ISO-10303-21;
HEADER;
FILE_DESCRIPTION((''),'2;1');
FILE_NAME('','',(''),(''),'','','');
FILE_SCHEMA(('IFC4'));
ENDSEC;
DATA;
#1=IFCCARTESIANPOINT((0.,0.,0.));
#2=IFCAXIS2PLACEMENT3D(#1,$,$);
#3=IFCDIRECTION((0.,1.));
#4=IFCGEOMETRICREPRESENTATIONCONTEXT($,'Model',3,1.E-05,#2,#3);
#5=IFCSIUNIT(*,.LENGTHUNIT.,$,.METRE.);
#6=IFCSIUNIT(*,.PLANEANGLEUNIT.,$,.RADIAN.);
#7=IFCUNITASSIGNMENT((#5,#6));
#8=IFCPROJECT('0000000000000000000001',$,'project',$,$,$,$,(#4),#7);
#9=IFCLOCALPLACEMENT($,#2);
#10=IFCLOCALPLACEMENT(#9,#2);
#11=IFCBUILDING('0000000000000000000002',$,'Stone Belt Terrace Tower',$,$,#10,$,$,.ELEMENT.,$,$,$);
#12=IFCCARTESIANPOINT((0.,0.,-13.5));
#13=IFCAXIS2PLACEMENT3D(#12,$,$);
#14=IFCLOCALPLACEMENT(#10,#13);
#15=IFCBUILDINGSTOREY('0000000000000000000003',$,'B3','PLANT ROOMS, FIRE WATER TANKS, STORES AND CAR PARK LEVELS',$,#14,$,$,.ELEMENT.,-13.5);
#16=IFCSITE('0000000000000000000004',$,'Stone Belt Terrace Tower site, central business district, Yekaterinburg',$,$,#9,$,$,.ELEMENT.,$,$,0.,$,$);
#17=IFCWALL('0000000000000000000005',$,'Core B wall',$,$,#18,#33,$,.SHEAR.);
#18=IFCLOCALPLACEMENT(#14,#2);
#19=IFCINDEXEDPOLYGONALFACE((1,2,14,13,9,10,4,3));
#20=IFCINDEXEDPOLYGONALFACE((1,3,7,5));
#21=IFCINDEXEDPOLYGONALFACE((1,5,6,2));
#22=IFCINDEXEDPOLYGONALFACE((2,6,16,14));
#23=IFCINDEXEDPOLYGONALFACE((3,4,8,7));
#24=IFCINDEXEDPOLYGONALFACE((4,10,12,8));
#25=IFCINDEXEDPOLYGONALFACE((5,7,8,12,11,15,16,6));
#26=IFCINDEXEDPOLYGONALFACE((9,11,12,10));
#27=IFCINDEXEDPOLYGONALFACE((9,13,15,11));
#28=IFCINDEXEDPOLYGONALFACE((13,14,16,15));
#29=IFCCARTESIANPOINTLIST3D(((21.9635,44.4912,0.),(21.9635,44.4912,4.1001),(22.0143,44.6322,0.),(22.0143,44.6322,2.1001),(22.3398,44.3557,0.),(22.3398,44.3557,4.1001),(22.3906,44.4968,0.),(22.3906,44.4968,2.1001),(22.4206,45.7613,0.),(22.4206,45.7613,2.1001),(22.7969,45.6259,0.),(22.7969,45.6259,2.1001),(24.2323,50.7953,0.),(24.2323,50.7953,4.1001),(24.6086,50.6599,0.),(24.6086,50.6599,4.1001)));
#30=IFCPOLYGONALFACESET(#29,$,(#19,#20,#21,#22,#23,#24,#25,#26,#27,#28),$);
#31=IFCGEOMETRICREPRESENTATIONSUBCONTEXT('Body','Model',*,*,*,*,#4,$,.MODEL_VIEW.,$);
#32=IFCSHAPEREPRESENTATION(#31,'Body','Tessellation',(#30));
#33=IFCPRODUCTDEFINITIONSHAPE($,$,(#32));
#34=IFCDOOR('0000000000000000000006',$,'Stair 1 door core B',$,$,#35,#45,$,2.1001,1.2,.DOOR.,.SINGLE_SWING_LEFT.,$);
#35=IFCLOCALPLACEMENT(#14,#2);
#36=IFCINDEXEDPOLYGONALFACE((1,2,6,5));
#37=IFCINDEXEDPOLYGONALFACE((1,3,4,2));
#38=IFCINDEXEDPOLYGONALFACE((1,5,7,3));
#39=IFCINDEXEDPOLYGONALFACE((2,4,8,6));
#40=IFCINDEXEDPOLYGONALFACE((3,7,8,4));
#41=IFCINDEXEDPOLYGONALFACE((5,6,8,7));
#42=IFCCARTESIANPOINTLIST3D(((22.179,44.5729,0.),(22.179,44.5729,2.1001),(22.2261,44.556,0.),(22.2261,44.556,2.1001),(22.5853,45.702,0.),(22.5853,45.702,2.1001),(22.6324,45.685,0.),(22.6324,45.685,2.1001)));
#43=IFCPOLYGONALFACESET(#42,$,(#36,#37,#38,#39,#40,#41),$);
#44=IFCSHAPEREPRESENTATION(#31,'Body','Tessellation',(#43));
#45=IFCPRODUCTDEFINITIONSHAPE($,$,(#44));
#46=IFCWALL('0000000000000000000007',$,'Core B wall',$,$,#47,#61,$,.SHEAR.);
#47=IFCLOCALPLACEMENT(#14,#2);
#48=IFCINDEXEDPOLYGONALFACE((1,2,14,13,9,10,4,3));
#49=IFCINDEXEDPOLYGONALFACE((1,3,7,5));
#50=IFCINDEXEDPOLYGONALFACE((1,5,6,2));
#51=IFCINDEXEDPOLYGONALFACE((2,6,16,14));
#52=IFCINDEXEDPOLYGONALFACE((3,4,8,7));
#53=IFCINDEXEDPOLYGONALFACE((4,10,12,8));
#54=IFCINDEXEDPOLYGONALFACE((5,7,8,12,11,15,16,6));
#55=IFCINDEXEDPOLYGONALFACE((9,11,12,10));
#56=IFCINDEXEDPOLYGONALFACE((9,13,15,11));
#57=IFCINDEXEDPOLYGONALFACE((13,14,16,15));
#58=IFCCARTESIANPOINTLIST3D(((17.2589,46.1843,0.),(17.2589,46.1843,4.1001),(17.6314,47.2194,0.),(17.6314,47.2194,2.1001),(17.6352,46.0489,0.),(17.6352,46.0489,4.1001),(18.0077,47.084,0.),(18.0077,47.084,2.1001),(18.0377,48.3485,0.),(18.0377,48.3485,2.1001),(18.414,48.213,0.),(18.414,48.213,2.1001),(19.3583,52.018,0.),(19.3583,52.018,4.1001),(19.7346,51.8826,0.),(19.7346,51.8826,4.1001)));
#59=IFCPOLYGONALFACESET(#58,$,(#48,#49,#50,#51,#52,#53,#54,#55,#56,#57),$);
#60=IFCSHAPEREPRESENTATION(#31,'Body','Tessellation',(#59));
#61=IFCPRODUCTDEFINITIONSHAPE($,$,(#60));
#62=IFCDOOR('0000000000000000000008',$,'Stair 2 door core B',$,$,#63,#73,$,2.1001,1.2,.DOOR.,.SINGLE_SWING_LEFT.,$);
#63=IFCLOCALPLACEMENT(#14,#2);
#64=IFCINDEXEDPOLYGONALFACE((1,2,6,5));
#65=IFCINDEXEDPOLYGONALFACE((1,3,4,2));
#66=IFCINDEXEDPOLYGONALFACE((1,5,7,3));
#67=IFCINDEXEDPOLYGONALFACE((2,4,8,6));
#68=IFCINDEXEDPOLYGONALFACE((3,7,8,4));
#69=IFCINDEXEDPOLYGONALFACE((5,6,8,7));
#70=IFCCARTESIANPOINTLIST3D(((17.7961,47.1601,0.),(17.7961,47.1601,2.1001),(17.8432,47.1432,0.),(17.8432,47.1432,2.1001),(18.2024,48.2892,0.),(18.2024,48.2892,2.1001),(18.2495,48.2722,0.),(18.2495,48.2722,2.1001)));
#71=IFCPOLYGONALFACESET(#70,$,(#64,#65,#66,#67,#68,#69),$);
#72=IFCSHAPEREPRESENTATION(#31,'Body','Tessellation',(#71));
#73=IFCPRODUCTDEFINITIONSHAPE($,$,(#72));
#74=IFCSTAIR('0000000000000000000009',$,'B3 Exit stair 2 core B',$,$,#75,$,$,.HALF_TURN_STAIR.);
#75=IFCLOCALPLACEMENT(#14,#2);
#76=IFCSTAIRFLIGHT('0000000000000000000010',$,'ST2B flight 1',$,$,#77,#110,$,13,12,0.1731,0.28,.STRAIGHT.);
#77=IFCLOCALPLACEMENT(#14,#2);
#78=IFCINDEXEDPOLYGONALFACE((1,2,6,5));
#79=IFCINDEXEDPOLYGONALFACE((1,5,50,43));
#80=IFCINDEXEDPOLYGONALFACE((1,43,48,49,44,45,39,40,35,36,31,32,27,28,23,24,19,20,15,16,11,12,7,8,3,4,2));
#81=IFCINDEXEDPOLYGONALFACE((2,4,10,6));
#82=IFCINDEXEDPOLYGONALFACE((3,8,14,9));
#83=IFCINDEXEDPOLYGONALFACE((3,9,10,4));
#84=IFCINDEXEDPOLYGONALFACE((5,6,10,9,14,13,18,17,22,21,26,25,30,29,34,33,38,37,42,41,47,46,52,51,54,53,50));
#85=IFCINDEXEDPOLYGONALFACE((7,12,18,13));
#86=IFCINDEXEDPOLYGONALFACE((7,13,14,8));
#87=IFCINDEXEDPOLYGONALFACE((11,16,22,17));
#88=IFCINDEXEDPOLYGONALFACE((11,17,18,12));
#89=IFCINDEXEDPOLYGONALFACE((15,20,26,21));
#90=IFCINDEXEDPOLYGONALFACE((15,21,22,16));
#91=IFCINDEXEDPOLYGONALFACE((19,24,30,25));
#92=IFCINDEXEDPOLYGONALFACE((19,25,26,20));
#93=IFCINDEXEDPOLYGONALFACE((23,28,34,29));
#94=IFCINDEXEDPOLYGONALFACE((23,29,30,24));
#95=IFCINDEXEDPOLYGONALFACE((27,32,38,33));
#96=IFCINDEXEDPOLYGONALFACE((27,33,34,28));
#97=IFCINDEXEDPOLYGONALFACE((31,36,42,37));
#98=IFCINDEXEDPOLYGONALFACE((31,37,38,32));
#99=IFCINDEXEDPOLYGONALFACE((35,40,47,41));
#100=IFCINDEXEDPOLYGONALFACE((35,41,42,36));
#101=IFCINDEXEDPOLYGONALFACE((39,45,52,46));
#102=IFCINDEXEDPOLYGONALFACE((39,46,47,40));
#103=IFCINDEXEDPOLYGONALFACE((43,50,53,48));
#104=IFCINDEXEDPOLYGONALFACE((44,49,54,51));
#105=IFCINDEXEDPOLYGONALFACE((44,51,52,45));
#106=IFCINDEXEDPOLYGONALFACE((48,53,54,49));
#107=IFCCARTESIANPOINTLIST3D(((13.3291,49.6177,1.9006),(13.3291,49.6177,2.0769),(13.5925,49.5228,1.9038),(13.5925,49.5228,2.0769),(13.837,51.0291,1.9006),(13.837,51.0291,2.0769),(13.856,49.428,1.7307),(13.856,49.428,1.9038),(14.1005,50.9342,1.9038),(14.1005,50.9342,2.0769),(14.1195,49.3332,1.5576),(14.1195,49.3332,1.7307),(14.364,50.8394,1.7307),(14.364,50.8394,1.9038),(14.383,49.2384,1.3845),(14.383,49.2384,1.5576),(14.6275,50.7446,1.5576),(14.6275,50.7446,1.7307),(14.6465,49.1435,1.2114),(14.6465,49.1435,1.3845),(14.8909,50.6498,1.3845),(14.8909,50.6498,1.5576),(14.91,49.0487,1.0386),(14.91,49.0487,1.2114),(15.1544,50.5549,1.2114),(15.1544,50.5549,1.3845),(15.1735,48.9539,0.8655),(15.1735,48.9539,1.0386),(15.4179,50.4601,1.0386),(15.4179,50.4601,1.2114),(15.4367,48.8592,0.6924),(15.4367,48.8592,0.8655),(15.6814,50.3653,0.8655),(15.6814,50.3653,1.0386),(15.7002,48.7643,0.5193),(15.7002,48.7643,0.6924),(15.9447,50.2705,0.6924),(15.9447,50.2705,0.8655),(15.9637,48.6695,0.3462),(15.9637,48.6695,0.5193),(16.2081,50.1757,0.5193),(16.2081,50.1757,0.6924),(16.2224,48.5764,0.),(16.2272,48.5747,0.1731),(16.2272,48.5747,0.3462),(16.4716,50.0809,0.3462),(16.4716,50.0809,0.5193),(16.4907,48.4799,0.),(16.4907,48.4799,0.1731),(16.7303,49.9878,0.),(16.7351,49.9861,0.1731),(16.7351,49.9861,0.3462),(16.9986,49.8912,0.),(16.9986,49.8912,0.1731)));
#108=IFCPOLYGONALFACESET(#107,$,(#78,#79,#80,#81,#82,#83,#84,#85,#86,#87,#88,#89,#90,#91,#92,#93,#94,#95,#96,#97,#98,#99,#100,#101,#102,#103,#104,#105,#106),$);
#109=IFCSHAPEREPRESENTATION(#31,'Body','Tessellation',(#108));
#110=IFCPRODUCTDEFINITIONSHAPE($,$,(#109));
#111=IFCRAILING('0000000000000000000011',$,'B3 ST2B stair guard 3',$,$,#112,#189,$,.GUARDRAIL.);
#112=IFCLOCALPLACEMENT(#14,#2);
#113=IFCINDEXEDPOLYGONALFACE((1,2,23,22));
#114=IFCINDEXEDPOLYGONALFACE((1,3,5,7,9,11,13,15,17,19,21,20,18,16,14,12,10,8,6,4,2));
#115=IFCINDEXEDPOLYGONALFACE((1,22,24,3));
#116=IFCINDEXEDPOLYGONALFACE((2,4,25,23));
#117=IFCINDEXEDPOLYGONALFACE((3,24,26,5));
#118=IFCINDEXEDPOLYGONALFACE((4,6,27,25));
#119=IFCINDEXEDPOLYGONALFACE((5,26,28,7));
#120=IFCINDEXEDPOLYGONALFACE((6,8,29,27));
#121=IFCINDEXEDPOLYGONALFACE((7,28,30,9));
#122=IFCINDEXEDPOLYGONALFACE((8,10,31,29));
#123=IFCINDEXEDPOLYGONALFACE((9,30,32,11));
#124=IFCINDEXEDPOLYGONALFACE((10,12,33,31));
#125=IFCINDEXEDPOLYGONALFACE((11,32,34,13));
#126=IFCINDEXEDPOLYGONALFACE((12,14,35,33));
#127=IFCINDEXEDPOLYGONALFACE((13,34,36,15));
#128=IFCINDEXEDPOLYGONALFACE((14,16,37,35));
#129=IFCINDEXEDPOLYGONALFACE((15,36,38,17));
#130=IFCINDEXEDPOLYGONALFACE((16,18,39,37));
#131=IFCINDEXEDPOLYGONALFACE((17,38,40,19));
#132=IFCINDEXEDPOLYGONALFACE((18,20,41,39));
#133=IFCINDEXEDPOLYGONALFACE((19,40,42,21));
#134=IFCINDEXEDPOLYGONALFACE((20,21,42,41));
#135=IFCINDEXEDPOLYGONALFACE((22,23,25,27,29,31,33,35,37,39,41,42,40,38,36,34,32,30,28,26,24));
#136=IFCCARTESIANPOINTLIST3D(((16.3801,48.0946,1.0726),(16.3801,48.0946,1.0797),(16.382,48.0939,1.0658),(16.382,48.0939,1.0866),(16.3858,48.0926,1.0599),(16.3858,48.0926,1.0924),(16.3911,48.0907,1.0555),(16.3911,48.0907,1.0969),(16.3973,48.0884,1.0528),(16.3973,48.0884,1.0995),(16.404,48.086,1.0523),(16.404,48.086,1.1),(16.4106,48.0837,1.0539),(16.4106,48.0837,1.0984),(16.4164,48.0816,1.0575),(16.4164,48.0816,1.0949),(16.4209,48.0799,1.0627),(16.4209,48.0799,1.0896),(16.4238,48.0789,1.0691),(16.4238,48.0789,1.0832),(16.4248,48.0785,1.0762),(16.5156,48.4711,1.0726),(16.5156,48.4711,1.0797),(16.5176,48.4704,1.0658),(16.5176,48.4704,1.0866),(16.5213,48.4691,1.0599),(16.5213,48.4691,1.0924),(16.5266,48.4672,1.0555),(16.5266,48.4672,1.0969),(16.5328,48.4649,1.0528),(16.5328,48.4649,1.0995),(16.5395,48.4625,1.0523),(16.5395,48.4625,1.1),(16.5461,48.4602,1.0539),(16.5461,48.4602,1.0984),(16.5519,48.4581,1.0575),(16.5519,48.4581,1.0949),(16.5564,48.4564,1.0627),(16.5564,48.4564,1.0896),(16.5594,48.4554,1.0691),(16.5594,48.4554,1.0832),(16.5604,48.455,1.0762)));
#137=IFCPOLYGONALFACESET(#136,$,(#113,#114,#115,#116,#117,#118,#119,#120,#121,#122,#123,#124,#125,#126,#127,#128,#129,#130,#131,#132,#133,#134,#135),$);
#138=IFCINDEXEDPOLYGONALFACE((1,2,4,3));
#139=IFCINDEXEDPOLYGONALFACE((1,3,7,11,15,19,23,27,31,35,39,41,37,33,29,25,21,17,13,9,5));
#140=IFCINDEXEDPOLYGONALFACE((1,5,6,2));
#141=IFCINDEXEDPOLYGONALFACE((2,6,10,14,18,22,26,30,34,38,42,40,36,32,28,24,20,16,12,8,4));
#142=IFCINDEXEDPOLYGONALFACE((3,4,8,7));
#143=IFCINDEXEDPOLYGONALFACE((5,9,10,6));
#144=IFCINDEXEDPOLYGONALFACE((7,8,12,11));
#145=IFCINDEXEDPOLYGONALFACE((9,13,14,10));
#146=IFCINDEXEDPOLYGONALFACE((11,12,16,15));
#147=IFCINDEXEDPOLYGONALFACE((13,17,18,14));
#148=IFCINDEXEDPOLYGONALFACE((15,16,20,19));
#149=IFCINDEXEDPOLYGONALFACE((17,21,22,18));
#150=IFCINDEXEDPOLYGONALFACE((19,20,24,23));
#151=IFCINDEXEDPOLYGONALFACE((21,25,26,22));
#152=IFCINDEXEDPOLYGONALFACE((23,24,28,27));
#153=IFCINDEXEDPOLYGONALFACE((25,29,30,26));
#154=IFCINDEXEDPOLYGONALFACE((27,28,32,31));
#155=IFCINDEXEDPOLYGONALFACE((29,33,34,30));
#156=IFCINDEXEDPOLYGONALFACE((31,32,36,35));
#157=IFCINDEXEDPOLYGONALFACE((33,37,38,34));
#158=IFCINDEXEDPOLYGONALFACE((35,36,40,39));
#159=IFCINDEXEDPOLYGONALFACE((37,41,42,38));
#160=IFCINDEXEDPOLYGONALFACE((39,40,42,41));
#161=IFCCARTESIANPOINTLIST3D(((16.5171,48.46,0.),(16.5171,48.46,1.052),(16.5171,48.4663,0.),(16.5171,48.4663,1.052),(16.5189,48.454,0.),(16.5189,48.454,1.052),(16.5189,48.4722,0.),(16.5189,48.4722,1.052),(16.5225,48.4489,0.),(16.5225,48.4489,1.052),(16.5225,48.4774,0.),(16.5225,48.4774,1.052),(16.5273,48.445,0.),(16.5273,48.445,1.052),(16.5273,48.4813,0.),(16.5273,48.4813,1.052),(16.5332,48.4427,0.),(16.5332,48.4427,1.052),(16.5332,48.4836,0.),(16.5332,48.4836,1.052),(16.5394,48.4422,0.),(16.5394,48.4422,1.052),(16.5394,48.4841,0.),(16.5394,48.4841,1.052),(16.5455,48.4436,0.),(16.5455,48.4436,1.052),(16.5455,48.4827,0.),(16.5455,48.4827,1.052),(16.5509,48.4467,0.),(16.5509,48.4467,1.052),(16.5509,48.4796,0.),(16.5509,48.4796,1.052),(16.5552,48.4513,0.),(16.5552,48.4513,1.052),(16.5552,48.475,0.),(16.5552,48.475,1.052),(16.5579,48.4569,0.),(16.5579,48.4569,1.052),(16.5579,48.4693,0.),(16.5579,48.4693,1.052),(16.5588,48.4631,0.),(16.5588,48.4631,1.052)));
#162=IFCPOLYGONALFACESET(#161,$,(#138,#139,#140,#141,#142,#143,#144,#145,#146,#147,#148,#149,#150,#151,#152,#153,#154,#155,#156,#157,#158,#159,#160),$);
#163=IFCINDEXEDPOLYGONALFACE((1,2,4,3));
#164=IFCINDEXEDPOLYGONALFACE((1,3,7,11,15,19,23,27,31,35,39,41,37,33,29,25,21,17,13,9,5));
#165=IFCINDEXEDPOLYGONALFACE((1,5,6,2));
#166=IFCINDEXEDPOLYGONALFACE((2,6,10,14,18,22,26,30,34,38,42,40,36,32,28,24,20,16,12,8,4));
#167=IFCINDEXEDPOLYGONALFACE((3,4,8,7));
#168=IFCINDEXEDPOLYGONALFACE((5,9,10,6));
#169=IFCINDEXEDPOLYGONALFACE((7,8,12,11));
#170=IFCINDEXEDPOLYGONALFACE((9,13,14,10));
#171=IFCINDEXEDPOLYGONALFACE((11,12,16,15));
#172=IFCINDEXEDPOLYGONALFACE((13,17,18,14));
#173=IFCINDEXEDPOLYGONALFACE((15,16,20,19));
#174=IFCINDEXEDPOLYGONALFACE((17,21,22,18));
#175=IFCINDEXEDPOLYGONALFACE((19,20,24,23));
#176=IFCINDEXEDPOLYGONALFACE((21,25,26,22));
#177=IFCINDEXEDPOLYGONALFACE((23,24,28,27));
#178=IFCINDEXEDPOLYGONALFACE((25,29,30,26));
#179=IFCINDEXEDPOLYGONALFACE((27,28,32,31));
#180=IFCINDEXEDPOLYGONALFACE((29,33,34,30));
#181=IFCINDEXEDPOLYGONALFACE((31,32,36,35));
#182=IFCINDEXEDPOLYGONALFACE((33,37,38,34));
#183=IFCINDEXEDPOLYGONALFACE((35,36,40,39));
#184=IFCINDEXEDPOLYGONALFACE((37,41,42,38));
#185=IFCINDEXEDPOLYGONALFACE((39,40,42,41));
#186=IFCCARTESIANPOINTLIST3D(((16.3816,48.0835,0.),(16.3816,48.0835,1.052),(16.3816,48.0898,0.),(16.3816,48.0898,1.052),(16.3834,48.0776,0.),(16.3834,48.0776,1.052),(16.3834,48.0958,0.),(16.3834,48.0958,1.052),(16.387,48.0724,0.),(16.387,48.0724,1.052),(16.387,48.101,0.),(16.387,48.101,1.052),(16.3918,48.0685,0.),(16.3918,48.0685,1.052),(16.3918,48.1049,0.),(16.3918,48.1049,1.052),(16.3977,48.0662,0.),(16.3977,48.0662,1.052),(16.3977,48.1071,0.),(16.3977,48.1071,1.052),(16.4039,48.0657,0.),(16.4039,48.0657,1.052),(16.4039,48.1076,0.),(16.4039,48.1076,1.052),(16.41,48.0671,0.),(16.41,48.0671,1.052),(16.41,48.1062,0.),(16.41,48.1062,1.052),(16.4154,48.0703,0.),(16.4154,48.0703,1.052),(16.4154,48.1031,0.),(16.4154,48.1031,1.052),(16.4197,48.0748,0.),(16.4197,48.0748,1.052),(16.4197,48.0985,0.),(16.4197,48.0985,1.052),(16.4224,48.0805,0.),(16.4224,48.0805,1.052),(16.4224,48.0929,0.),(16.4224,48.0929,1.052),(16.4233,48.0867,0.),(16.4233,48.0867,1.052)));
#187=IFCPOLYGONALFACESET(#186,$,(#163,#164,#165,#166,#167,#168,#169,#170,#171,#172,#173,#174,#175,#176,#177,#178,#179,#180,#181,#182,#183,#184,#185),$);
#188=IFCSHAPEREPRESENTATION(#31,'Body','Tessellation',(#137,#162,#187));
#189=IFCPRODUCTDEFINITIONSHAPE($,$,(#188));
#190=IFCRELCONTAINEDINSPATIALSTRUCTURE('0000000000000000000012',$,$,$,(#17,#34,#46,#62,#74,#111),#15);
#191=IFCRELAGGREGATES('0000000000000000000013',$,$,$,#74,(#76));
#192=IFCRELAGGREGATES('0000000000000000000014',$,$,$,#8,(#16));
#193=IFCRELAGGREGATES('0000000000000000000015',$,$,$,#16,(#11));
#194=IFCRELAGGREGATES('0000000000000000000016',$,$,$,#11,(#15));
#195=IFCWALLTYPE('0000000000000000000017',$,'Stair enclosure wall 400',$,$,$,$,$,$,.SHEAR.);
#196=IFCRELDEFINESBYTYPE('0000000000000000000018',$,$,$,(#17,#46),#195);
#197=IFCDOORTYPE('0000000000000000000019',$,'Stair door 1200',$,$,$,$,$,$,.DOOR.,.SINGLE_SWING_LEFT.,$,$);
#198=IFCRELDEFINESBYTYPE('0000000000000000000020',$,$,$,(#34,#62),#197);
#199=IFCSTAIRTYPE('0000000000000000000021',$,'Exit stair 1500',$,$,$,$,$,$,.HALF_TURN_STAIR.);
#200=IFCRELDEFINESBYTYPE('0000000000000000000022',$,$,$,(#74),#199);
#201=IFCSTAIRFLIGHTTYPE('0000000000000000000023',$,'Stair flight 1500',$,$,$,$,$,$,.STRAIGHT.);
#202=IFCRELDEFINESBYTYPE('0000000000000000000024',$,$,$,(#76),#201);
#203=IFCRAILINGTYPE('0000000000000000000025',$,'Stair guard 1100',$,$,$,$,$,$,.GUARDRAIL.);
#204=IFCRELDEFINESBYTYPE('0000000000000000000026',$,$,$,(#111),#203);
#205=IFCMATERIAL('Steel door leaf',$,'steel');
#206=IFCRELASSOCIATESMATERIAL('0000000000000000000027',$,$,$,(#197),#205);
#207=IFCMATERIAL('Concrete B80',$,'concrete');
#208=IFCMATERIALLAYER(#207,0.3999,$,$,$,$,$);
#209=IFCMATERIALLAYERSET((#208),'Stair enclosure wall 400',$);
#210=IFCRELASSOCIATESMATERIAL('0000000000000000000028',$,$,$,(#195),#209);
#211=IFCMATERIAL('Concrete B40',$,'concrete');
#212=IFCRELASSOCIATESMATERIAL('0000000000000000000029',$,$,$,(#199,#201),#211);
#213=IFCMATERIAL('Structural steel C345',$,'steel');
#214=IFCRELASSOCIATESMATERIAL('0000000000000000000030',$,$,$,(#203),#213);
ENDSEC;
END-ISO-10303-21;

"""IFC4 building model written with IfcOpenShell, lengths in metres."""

from ifc_helpers import new_model, si_unit, direction, frame, frame_2d, origin, origin_2d, place, context, subcontext, project, spatial, polyline, rectangle, circle, outline, extrude, material, layer, layer_set, type_object, element, fill, aggregate, save


model = new_model("IFC4")

# Units and contexts
model_context = context("Model", 3, precision=1e-05, world=origin(), true_north=direction((0.0, 1.0)))
body_context = subcontext(model_context, "Body", "Model", "MODEL_VIEW")
ifc_project = project(units=[si_unit("LENGTHUNIT", "METRE"), si_unit("PLANEANGLEUNIT", "RADIAN")], contexts=[model_context])

# Site, building, storey
site_placement = place(None, origin())
site = spatial("IfcSite", under=ifc_project, at=site_placement, Name="Stone Belt Terrace Tower site, central business district, Yekaterinburg", CompositionType="ELEMENT", RefElevation=0.0)
building_placement = place(site_placement, origin())
building = spatial("IfcBuilding", under=site, at=building_placement, Name="Stone Belt Terrace Tower", CompositionType="ELEMENT")
storey_placement = place(building_placement, frame((0.0, 0.0, -13.5)))
storey = spatial("IfcBuildingStorey", under=building, at=storey_placement, Name="B3", Description="PLANT ROOMS, FIRE WATER TANKS, STORES AND CAR PARK LEVELS", CompositionType="ELEMENT", Elevation=-13.5)

# Shared definitions
ifc_material_1 = material(Name="Concrete B40", Category="concrete")

# Shared definitions
ifc_material_2 = material(Name="Concrete B80", Category="concrete")

# Walls, openings, doors
ifc_material_3 = material(Name="Steel door leaf", Category="steel")
door_type_1 = type_object("IfcDoorType", Name="Stair door 1200", OperationType="SINGLE_SWING_LEFT", PredefinedType="DOOR", material=ifc_material_3)
ifc_layer_1 = layer(ifc_material_2, 0.3999)
ifc_layer_set_1 = layer_set([ifc_layer_1], Name="Stair enclosure wall 400")
wall_type_1 = type_object("IfcWallType", Name="Stair enclosure wall 400", PredefinedType="SHEAR", material=ifc_layer_set_1)
wall_1_placement = place(storey_placement, frame((22.1516, 44.4233, 0.0), z_axis=(0.0, 0.0, 1.0), x_axis=(0.338625, 0.940921, 0.0)))
wall_1 = element("IfcWall", 1, at=wall_1_placement, inside=storey, type_object=wall_type_1, Name="Core B wall", PredefinedType="SHEAR", context=body_context, shape_type="SweptSolid", body=[
    extrude(rectangle(XDim=6.7, YDim=0.3999, at=frame_2d((3.3501, 0.0))), origin(), (0.0, 0.0, 1.0), 4.1001),
])
opening_1_placement = place(wall_1_placement, frame((0.1499, 0.0, 0.0)))
opening_1 = element("IfcOpeningElement", 2, at=opening_1_placement, cuts=wall_1, PredefinedType="OPENING", context=body_context, shape_type="SweptSolid", body=[
    extrude(rectangle(XDim=1.2, YDim=2.1001, at=frame_2d((0.6001, 1.05))), frame((0.0, 0.21, 0.0), z_axis=(0.0, -1.0, 0.0), x_axis=(1.0, 0.0, 0.0)), (0.0, 0.0, 1.0), 0.4199),
])
door_1_placement = place(opening_1_placement, origin())
door_1 = element("IfcDoor", 3, at=door_1_placement, inside=storey, type_object=door_type_1, Name="Stair 1 door core B", OperationType="SINGLE_SWING_LEFT", OverallHeight=2.1001, OverallWidth=1.2, PredefinedType="DOOR", context=body_context, shape_type="SweptSolid", body=[
    extrude(rectangle(XDim=1.2, YDim=2.1001, at=frame_2d((0.6001, 1.05))), frame((0.0, 0.0249, 0.0), z_axis=(0.0, -1.0, 0.0), x_axis=(1.0, 0.0, 0.0)), (0.0, 0.0, 1.0), 0.05),
])
fill(opening_1, door_1)
wall_2_placement = place(storey_placement, frame((17.447, 46.1165, 0.0), z_axis=(0.0, 0.0, 1.0), x_axis=(0.338608, 0.940928, 0.0)))
wall_2 = element("IfcWall", 4, at=wall_2_placement, inside=storey, type_object=wall_type_1, Name="Core B wall", PredefinedType="SHEAR", context=body_context, shape_type="SweptSolid", body=[
    extrude(rectangle(XDim=6.2, YDim=0.3999, at=frame_2d((3.1001, 0.0))), origin(), (0.0, 0.0, 1.0), 4.1001),
])
opening_2_placement = place(wall_2_placement, frame((1.1001, 0.0, 0.0)))
opening_2 = element("IfcOpeningElement", 5, at=opening_2_placement, cuts=wall_2, PredefinedType="OPENING", context=body_context, shape_type="SweptSolid", body=[
    extrude(rectangle(XDim=1.2, YDim=2.1001, at=frame_2d((0.6001, 1.05))), frame((0.0, 0.21, 0.0), z_axis=(0.0, -1.0, 0.0), x_axis=(1.0, 0.0, 0.0)), (0.0, 0.0, 1.0), 0.4199),
])
door_2_placement = place(opening_2_placement, origin())
door_2 = element("IfcDoor", 6, at=door_2_placement, inside=storey, type_object=door_type_1, Name="Stair 2 door core B", OperationType="SINGLE_SWING_LEFT", OverallHeight=2.1001, OverallWidth=1.2, PredefinedType="DOOR", context=body_context, shape_type="SweptSolid", body=[
    extrude(rectangle(XDim=1.2, YDim=2.1001, at=frame_2d((0.6001, 1.05))), frame((0.0, 0.0249, 0.0), z_axis=(0.0, -1.0, 0.0), x_axis=(1.0, 0.0, 0.0)), (0.0, 0.0, 1.0), 0.05),
])
fill(opening_2, door_2)

# Stair, stair flight
stair_type = type_object("IfcStairType", Name="Exit stair 1500", PredefinedType="HALF_TURN_STAIR", material=ifc_material_1)
stair_placement = place(storey_placement, origin())
stair = element("IfcStair", 7, at=stair_placement, inside=storey, type_object=stair_type, Name="B3 Exit stair 2 core B", PredefinedType="HALF_TURN_STAIR")
stair_flight_type = type_object("IfcStairFlightType", Name="Stair flight 1500", PredefinedType="STRAIGHT", material=ifc_material_1)
stair_flight_placement = place(storey_placement, frame((16.7446, 49.1855, 0.0), z_axis=(0.0, 0.0, 1.0), x_axis=(-0.940922, 0.338624, 0.0)))
stair_flight = element("IfcStairFlight", 8, at=stair_flight_placement, type_object=stair_flight_type, Name="ST2B flight 1", NumberOfRisers=13, NumberOfTreads=12, PredefinedType="STRAIGHT", RiserHeight=0.1731, TreadLength=0.28, context=body_context, shape_type="SweptSolid", body=[
    extrude(outline(polyline([(0.0, 0.0), (0.0, 0.1731), (0.28, 0.1731), (0.28, 0.3462), (0.5601, 0.3462), (0.5601, 0.5193), (0.8401, 0.5193), (0.8401, 0.6924), (1.1201, 0.6924), (1.1201, 0.8655), (1.3999, 0.8655), (1.3999, 1.0386), (1.6799, 1.0386), (1.6799, 1.2114), (1.96, 1.2114), (1.96, 1.3845), (2.24, 1.3845), (2.24, 1.5576), (2.52, 1.5576), (2.52, 1.7307), (2.8, 1.7307), (2.8, 1.9038), (3.0801, 1.9038), (3.0801, 2.0769), (3.3601, 2.0769), (3.3601, 2.25), (3.3601, 1.9006), (0.2852, 0.0), (0.0, 0.0)])), frame((0.0, 0.75, 0.0), z_axis=(0.0, -1.0, 0.0), x_axis=(1.0, 0.0, 0.0)), (0.0, 0.0, 1.0), 1.5),
])
aggregate(stair, [stair_flight])

# Railing
ifc_material_4 = material(Name="Structural steel C345", Category="steel")
railing_type = type_object("IfcRailingType", Name="Stair guard 1100", PredefinedType="GUARDRAIL", material=ifc_material_4)
railing_1_placement = place(storey_placement, frame((16.5378, 48.4631, 0.0)))
element("IfcRailing", 9, at=railing_1_placement, inside=storey, type_object=railing_type, Name="B3 ST2B stair guard 3", PredefinedType="GUARDRAIL", context=body_context, shape_type="SweptSolid", body=[
    extrude(circle(Radius=0.0239, at=origin_2d()), frame((0.0, 0.0, 1.0762), z_axis=(-0.338655, -0.940911, 0.0), x_axis=(0.940911, -0.338655, 0.0)), (0.0, 0.0, 1.0), 0.4001),
    extrude(circle(Radius=0.021, at=origin_2d()), origin(), (0.0, 0.0, 1.0), 1.052),
    extrude(circle(Radius=0.021, at=origin_2d()), frame((-0.1355, -0.3765, 0.0)), (0.0, 0.0, 1.0), 1.052),
])

save(model, "model.ifc")
